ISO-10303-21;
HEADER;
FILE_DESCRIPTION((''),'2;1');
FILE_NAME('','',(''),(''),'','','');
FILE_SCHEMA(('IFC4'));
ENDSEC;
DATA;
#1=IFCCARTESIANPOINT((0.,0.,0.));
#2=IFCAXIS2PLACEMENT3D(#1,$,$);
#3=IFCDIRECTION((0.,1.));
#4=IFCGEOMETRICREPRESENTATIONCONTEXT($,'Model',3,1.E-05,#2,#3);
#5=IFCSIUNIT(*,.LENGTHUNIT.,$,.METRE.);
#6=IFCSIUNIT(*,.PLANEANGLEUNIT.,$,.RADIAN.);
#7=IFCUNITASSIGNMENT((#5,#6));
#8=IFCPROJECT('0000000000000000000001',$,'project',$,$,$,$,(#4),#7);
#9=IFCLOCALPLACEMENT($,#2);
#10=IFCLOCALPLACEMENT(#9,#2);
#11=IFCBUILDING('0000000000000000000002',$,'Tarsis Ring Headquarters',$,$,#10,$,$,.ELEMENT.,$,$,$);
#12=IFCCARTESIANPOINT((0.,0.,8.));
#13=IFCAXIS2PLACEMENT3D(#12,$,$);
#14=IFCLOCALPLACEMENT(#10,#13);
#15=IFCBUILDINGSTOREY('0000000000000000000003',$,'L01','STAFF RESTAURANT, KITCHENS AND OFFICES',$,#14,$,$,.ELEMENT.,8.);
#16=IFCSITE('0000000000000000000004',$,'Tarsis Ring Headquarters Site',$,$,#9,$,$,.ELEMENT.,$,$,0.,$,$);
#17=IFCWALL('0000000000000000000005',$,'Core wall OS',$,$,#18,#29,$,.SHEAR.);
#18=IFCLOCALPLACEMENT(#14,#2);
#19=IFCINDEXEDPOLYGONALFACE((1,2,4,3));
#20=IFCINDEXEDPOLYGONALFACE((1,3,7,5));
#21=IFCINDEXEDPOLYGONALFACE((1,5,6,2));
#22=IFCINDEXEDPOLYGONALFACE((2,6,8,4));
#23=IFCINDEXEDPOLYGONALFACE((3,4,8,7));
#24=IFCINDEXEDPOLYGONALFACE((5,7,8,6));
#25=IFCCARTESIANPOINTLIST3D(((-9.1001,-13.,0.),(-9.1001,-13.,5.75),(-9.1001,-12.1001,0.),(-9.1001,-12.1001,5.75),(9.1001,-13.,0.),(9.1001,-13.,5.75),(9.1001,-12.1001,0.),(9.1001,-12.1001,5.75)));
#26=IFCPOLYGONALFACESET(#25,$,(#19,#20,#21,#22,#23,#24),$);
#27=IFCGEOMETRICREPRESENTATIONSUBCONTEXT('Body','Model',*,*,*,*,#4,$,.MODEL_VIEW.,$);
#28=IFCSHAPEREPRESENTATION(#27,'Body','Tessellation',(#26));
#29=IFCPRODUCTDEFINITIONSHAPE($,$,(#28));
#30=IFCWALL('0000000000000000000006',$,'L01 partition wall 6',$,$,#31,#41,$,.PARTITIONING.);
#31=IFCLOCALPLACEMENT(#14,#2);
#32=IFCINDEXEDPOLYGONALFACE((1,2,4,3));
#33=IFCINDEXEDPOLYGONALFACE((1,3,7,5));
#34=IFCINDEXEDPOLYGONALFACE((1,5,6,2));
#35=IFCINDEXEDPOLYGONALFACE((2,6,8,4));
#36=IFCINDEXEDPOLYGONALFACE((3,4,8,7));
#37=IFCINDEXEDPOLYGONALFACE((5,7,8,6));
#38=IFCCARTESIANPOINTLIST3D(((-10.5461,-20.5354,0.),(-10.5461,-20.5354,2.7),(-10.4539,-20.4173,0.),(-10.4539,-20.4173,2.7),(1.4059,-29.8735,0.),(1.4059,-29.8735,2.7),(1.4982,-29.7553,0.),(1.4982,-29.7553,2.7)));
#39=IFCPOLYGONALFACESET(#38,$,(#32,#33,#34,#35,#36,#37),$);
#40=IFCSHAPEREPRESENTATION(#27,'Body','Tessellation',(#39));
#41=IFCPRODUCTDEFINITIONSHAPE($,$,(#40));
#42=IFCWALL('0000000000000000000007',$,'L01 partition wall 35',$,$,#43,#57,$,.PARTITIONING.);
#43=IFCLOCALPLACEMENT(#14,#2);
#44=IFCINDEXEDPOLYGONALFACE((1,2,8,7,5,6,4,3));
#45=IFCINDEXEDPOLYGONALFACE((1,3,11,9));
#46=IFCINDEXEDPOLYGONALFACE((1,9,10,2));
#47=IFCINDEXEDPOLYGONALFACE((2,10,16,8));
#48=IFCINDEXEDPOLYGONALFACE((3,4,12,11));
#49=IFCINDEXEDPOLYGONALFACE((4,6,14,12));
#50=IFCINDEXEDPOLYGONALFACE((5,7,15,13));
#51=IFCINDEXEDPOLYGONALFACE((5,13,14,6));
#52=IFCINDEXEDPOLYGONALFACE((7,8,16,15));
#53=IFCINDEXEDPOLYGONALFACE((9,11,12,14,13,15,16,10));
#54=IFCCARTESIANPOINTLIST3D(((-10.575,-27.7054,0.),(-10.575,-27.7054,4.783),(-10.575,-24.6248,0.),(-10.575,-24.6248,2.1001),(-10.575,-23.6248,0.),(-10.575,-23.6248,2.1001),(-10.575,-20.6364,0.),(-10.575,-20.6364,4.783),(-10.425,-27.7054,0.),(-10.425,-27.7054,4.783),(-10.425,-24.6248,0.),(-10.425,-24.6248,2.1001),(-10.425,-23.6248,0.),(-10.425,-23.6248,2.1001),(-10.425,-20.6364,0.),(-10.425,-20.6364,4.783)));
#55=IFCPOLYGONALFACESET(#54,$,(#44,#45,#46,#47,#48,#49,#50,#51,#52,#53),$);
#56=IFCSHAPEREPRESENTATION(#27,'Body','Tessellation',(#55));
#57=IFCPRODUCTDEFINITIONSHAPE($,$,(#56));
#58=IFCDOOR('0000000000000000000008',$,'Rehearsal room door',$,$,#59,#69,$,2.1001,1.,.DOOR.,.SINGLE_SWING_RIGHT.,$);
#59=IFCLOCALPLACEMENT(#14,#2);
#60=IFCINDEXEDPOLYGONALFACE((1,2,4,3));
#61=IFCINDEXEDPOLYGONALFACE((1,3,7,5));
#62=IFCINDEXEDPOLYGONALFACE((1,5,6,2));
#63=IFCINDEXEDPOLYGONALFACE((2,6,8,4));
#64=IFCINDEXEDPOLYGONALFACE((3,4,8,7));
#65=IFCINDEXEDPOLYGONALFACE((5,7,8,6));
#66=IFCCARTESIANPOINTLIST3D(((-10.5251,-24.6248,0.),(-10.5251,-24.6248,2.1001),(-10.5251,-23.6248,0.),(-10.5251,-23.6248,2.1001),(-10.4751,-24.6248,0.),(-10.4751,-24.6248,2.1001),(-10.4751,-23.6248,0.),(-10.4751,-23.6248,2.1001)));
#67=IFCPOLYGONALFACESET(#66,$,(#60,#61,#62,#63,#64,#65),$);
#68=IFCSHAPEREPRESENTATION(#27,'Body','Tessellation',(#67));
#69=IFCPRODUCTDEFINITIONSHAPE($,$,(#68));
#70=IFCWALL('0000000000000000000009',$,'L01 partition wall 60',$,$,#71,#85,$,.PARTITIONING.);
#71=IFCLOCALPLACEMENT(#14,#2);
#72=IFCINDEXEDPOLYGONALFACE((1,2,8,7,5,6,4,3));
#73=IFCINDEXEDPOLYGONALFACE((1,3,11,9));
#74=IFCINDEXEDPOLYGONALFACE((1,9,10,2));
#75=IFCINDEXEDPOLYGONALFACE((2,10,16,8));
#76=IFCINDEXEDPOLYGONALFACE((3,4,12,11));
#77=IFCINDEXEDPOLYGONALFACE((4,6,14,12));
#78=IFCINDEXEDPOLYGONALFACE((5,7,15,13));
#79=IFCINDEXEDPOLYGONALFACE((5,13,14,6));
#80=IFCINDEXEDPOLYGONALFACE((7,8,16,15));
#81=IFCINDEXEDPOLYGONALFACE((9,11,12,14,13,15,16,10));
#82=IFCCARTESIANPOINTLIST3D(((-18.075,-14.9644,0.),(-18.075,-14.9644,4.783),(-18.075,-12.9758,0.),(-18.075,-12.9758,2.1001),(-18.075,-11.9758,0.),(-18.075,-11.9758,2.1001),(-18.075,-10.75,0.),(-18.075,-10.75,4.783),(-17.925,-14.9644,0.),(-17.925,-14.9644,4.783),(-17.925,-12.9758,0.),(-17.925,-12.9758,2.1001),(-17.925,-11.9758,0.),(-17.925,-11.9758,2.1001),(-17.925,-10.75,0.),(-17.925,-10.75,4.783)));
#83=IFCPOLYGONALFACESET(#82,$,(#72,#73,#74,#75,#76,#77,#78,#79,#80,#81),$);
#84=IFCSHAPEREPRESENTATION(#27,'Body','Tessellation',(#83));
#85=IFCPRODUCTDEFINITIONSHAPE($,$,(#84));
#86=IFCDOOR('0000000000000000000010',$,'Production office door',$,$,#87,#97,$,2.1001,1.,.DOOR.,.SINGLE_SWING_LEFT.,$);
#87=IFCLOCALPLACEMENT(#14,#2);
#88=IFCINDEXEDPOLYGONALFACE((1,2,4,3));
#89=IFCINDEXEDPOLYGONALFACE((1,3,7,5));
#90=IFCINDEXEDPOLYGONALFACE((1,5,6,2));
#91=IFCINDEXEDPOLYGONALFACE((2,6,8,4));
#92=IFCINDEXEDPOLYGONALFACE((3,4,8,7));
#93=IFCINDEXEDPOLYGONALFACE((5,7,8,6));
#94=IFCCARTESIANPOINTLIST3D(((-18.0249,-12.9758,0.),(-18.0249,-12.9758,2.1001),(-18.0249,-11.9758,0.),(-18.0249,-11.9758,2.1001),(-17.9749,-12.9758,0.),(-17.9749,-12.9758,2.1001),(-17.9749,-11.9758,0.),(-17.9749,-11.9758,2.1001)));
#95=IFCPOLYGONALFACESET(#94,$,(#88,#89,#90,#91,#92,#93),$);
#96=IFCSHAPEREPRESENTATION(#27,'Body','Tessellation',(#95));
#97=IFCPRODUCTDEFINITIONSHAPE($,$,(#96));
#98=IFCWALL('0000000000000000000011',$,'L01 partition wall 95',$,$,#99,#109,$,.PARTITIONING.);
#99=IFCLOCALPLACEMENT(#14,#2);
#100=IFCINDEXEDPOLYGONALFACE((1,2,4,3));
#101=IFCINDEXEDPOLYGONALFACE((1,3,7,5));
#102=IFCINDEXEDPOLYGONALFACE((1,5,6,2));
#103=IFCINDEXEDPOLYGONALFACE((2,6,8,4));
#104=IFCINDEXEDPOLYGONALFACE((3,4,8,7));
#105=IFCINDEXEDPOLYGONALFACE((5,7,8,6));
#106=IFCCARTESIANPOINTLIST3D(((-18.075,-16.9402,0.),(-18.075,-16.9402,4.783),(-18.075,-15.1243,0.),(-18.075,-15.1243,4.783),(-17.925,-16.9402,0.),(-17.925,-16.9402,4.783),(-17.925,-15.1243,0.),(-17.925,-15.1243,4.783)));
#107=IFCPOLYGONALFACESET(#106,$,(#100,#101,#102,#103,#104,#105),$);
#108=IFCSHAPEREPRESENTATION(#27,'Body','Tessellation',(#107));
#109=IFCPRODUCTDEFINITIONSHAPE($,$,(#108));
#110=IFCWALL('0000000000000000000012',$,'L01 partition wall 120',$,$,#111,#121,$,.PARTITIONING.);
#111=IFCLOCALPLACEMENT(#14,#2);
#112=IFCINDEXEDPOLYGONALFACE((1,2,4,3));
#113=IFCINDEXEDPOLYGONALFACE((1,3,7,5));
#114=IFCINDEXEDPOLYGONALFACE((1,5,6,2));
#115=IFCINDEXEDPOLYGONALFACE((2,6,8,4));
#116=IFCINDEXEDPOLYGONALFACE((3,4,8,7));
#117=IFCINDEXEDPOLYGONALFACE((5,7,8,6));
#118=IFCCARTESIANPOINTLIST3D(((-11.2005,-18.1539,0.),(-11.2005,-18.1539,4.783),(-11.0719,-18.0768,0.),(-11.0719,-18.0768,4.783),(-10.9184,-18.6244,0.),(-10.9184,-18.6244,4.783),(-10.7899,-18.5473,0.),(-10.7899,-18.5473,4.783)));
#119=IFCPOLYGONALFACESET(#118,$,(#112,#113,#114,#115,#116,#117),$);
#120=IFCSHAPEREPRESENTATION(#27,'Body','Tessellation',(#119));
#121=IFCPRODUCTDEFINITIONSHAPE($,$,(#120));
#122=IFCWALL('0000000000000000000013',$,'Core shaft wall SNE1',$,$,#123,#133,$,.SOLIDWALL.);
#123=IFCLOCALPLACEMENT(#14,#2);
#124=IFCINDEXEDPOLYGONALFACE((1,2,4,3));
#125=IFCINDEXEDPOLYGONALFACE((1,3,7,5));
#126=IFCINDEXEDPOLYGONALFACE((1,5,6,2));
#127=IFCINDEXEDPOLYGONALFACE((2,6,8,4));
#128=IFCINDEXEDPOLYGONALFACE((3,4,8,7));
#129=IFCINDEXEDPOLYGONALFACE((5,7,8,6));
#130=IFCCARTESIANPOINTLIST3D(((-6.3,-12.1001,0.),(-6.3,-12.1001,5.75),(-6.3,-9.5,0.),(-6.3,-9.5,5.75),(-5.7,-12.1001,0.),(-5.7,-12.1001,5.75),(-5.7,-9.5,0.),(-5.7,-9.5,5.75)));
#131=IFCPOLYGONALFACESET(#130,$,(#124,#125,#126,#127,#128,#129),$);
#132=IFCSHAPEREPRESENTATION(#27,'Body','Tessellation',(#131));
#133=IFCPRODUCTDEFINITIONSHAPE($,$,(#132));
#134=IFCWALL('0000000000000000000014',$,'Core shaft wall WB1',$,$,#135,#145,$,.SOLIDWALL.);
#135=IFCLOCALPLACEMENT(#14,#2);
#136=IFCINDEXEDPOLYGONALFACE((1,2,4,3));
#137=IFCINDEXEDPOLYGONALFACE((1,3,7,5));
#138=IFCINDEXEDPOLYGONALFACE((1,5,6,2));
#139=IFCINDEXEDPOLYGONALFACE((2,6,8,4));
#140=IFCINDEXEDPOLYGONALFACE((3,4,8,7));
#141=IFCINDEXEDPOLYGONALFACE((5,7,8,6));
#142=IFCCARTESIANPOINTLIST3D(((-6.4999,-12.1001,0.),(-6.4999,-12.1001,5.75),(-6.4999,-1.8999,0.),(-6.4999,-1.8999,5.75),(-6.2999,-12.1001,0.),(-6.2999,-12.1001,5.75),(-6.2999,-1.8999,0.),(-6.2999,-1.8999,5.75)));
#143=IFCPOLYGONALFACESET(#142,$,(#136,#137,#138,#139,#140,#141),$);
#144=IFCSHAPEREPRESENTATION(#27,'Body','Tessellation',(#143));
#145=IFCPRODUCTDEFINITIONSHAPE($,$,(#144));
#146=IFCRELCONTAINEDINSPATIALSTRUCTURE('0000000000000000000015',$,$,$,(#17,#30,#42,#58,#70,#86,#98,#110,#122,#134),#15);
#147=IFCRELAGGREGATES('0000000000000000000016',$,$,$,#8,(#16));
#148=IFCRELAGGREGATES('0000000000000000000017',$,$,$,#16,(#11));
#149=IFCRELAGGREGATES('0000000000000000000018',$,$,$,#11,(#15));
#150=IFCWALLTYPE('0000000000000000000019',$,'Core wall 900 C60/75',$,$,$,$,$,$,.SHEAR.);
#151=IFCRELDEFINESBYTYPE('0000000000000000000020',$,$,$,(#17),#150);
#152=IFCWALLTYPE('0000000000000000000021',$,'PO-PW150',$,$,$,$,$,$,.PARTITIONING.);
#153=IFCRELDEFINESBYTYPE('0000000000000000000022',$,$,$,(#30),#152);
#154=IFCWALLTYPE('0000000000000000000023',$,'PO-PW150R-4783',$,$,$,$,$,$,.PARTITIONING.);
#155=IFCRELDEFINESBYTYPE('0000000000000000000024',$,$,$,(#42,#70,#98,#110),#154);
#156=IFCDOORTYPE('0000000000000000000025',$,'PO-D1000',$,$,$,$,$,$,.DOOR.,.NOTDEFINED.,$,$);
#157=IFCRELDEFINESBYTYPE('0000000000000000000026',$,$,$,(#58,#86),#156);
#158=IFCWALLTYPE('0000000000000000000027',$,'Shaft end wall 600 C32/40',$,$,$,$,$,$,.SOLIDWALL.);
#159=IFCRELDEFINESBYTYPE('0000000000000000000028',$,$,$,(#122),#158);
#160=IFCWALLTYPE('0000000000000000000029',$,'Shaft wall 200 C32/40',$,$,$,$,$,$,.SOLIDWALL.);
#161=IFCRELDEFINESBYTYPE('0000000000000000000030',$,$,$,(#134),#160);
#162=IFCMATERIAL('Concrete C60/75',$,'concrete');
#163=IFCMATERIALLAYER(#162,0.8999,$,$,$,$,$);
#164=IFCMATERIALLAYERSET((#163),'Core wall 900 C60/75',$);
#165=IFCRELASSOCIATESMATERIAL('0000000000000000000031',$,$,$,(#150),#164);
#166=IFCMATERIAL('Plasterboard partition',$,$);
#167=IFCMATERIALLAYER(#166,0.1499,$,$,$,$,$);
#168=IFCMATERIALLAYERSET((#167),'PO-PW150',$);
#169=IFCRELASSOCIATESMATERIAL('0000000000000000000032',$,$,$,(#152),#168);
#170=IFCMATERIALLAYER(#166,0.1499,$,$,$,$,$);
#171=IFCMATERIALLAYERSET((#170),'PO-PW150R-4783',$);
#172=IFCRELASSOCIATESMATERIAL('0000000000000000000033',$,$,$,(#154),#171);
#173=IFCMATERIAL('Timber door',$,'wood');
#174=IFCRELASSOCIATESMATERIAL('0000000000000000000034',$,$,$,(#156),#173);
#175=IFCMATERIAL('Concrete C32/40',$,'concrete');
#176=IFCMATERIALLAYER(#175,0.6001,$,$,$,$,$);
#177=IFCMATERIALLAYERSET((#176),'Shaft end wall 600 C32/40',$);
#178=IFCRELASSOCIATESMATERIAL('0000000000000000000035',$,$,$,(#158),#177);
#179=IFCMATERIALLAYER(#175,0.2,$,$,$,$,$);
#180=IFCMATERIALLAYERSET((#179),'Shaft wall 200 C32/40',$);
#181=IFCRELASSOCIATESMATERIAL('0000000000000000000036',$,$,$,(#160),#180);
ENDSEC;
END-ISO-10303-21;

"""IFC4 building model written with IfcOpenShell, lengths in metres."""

from ifc_helpers import new_model, si_unit, direction, frame, frame_2d, origin, place, context, subcontext, project, spatial, rectangle, extrude, material, layer, layer_set, type_object, element, fill, save


model = new_model("IFC4")

# Units and contexts
model_context = context("Model", 3, precision=1e-05, world=origin(), true_north=direction((0.0, 1.0)))
body_context = subcontext(model_context, "Body", "Model", "MODEL_VIEW")
ifc_project = project(units=[si_unit("LENGTHUNIT", "METRE"), si_unit("PLANEANGLEUNIT", "RADIAN")], contexts=[model_context])

# Site, building, storey
site_placement = place(None, origin())
site = spatial("IfcSite", under=ifc_project, at=site_placement, Name="Tarsis Ring Headquarters Site", CompositionType="ELEMENT", RefElevation=0.0)
building_placement = place(site_placement, origin())
building = spatial("IfcBuilding", under=site, at=building_placement, Name="Tarsis Ring Headquarters", CompositionType="ELEMENT")
storey_placement = place(building_placement, frame((0.0, 0.0, 8.0)))
storey = spatial("IfcBuildingStorey", under=building, at=storey_placement, Name="L01", Description="STAFF RESTAURANT, KITCHENS AND OFFICES", CompositionType="ELEMENT", Elevation=8.0)

# Shared definitions
ifc_material_1 = material(Name="Concrete C60/75", Category="concrete")

# Shared definitions
ifc_layer_1 = layer(ifc_material_1, 0.8999)
ifc_layer_set_1 = layer_set([ifc_layer_1], Name="Core wall 900 C60/75")
wall_type_1 = type_object("IfcWallType", Name="Core wall 900 C60/75", PredefinedType="SHEAR", material=ifc_layer_set_1)

# Walls
wall_1_placement = place(storey_placement, frame((-9.1001, -12.55, 0.0), z_axis=(0.0, 0.0, 1.0), x_axis=(1.0, 0.0, 0.0)))
element("IfcWall", 1, at=wall_1_placement, inside=storey, type_object=wall_type_1, Name="Core wall OS", PredefinedType="SHEAR", context=body_context, shape_type="SweptSolid", body=[
    extrude(rectangle(XDim=18.2002, YDim=0.8999, at=frame_2d((9.1001, 0.0))), origin(), (0.0, 0.0, 1.0), 5.75),
])
ifc_material_2 = material(Name="Plasterboard partition")
ifc_layer_2 = layer(ifc_material_2, 0.1499)
ifc_layer_set_2 = layer_set([ifc_layer_2], Name="PO-PW150")
wall_type_2 = type_object("IfcWallType", Name="PO-PW150", PredefinedType="PARTITIONING", material=ifc_layer_set_2)
wall_2_placement = place(storey_placement, frame((-10.5, -20.4763, 0.0), z_axis=(0.0, 0.0, 1.0), x_axis=(0.788008, -0.615665, 0.0)))
element("IfcWall", 2, at=wall_2_placement, inside=storey, type_object=wall_type_2, Name="L01 partition wall 6", PredefinedType="PARTITIONING", context=body_context, shape_type="SweptSolid", body=[
    extrude(rectangle(XDim=15.1675, YDim=0.1499, at=frame_2d((7.5837, 0.0))), origin(), (0.0, 0.0, 1.0), 2.7),
])

# Walls, openings, doors
ifc_layer_3 = layer(ifc_material_2, 0.1499)
ifc_layer_set_3 = layer_set([ifc_layer_3], Name="PO-PW150R-4783")
wall_type_3 = type_object("IfcWallType", Name="PO-PW150R-4783", PredefinedType="PARTITIONING", material=ifc_layer_set_3)
wall_3_placement = place(storey_placement, frame((-10.5, -20.6362, 0.0), z_axis=(0.0, 0.0, 1.0), x_axis=(0.0, -1.0, 0.0)))
wall_3 = element("IfcWall", 3, at=wall_3_placement, inside=storey, type_object=wall_type_3, Name="L01 partition wall 35", PredefinedType="PARTITIONING", context=body_context, shape_type="SweptSolid", body=[
    extrude(rectangle(XDim=7.0691, YDim=0.1499, at=frame_2d((3.5347, 0.0))), origin(), (0.0, 0.0, 1.0), 4.783),
])
opening_1_placement = place(wall_3_placement, frame((2.9885, 0.0, 0.0)))
opening_1 = element("IfcOpeningElement", 4, at=opening_1_placement, cuts=wall_3, PredefinedType="OPENING", context=body_context, shape_type="SweptSolid", body=[
    extrude(rectangle(XDim=1.0, YDim=2.1001, at=frame_2d((0.5, 1.05))), frame((0.0, 0.085, 0.0), z_axis=(0.0, -1.0, 0.0), x_axis=(1.0, 0.0, 0.0)), (0.0, 0.0, 1.0), 0.1699),
])
ifc_material_3 = material(Name="Timber door", Category="wood")
door_type_1 = type_object("IfcDoorType", Name="PO-D1000", OperationType="NOTDEFINED", PredefinedType="DOOR", material=ifc_material_3)
door_1_placement = place(opening_1_placement, origin())
door_1 = element("IfcDoor", 5, at=door_1_placement, inside=storey, type_object=door_type_1, Name="Rehearsal room door", OperationType="SINGLE_SWING_RIGHT", OverallHeight=2.1001, OverallWidth=1.0, PredefinedType="DOOR", context=body_context, shape_type="SweptSolid", body=[
    extrude(rectangle(XDim=1.0, YDim=2.1001, at=frame_2d((0.5, 1.05))), frame((0.0, 0.0249, 0.0), z_axis=(0.0, -1.0, 0.0), x_axis=(1.0, 0.0, 0.0)), (0.0, 0.0, 1.0), 0.05),
])
fill(opening_1, door_1)
wall_4_placement = place(storey_placement, frame((-18.0, -14.9644, 0.0), z_axis=(0.0, 0.0, 1.0), x_axis=(0.0, 1.0, 0.0)))
wall_4 = element("IfcWall", 6, at=wall_4_placement, inside=storey, type_object=wall_type_3, Name="L01 partition wall 60", PredefinedType="PARTITIONING", context=body_context, shape_type="SweptSolid", body=[
    extrude(rectangle(XDim=4.2144, YDim=0.1499, at=frame_2d((2.1072, 0.0))), origin(), (0.0, 0.0, 1.0), 4.783),
])
opening_2_placement = place(wall_4_placement, frame((1.9885, 0.0, 0.0)))
opening_2 = element("IfcOpeningElement", 7, at=opening_2_placement, cuts=wall_4, PredefinedType="OPENING", context=body_context, shape_type="SweptSolid", body=[
    extrude(rectangle(XDim=1.0, YDim=2.1001, at=frame_2d((0.5, 1.05))), frame((0.0, 0.085, 0.0), z_axis=(0.0, -1.0, 0.0), x_axis=(1.0, 0.0, 0.0)), (0.0, 0.0, 1.0), 0.1699),
])
door_2_placement = place(opening_2_placement, origin())
door_2 = element("IfcDoor", 8, at=door_2_placement, inside=storey, type_object=door_type_1, Name="Production office door", OperationType="SINGLE_SWING_LEFT", OverallHeight=2.1001, OverallWidth=1.0, PredefinedType="DOOR", context=body_context, shape_type="SweptSolid", body=[
    extrude(rectangle(XDim=1.0, YDim=2.1001, at=frame_2d((0.5, 1.05))), frame((0.0, 0.0249, 0.0), z_axis=(0.0, -1.0, 0.0), x_axis=(1.0, 0.0, 0.0)), (0.0, 0.0, 1.0), 0.05),
])
fill(opening_2, door_2)

# Walls
wall_5_placement = place(storey_placement, frame((-18.0, -16.9402, 0.0), z_axis=(0.0, 0.0, 1.0), x_axis=(0.0, 1.0, 0.0)))
element("IfcWall", 9, at=wall_5_placement, inside=storey, type_object=wall_type_3, Name="L01 partition wall 95", PredefinedType="PARTITIONING", context=body_context, shape_type="SweptSolid", body=[
    extrude(rectangle(XDim=1.8159, YDim=0.1499, at=frame_2d((0.908, 0.0))), origin(), (0.0, 0.0, 1.0), 4.783),
])
wall_6_placement = place(storey_placement, frame((-11.1362, -18.1152, 0.0), z_axis=(0.0, 0.0, 1.0), x_axis=(0.514103, -0.857728, 0.0)))
element("IfcWall", 10, at=wall_6_placement, inside=storey, type_object=wall_type_3, Name="L01 partition wall 120", PredefinedType="PARTITIONING", context=body_context, shape_type="SweptSolid", body=[
    extrude(rectangle(XDim=0.5486, YDim=0.1499, at=frame_2d((0.2744, 0.0))), origin(), (0.0, 0.0, 1.0), 4.783),
])
ifc_material_4 = material(Name="Concrete C32/40", Category="concrete")
ifc_layer_4 = layer(ifc_material_4, 0.6001)
ifc_layer_set_4 = layer_set([ifc_layer_4], Name="Shaft end wall 600 C32/40")
wall_type_4 = type_object("IfcWallType", Name="Shaft end wall 600 C32/40", PredefinedType="SOLIDWALL", material=ifc_layer_set_4)
wall_7_placement = place(storey_placement, frame((-6.0, -12.1001, 0.0), z_axis=(0.0, 0.0, 1.0), x_axis=(0.0, 1.0, 0.0)))
element("IfcWall", 11, at=wall_7_placement, inside=storey, type_object=wall_type_4, Name="Core shaft wall SNE1", PredefinedType="SOLIDWALL", context=body_context, shape_type="SweptSolid", body=[
    extrude(rectangle(XDim=2.6001, YDim=0.6001, at=frame_2d((1.3, 0.0))), origin(), (0.0, 0.0, 1.0), 5.75),
])
ifc_layer_5 = layer(ifc_material_4, 0.2)
ifc_layer_set_5 = layer_set([ifc_layer_5], Name="Shaft wall 200 C32/40")
wall_type_5 = type_object("IfcWallType", Name="Shaft wall 200 C32/40", PredefinedType="SOLIDWALL", material=ifc_layer_set_5)
wall_8_placement = place(storey_placement, frame((-6.3999, -12.1001, 0.0), z_axis=(0.0, 0.0, 1.0), x_axis=(0.0, 1.0, 0.0)))
element("IfcWall", 12, at=wall_8_placement, inside=storey, type_object=wall_type_5, Name="Core shaft wall WB1", PredefinedType="SOLIDWALL", context=body_context, shape_type="SweptSolid", body=[
    extrude(rectangle(XDim=10.2002, YDim=0.2, at=frame_2d((5.1001, 0.0))), origin(), (0.0, 0.0, 1.0), 5.75),
])

save(model, "model.ifc")
